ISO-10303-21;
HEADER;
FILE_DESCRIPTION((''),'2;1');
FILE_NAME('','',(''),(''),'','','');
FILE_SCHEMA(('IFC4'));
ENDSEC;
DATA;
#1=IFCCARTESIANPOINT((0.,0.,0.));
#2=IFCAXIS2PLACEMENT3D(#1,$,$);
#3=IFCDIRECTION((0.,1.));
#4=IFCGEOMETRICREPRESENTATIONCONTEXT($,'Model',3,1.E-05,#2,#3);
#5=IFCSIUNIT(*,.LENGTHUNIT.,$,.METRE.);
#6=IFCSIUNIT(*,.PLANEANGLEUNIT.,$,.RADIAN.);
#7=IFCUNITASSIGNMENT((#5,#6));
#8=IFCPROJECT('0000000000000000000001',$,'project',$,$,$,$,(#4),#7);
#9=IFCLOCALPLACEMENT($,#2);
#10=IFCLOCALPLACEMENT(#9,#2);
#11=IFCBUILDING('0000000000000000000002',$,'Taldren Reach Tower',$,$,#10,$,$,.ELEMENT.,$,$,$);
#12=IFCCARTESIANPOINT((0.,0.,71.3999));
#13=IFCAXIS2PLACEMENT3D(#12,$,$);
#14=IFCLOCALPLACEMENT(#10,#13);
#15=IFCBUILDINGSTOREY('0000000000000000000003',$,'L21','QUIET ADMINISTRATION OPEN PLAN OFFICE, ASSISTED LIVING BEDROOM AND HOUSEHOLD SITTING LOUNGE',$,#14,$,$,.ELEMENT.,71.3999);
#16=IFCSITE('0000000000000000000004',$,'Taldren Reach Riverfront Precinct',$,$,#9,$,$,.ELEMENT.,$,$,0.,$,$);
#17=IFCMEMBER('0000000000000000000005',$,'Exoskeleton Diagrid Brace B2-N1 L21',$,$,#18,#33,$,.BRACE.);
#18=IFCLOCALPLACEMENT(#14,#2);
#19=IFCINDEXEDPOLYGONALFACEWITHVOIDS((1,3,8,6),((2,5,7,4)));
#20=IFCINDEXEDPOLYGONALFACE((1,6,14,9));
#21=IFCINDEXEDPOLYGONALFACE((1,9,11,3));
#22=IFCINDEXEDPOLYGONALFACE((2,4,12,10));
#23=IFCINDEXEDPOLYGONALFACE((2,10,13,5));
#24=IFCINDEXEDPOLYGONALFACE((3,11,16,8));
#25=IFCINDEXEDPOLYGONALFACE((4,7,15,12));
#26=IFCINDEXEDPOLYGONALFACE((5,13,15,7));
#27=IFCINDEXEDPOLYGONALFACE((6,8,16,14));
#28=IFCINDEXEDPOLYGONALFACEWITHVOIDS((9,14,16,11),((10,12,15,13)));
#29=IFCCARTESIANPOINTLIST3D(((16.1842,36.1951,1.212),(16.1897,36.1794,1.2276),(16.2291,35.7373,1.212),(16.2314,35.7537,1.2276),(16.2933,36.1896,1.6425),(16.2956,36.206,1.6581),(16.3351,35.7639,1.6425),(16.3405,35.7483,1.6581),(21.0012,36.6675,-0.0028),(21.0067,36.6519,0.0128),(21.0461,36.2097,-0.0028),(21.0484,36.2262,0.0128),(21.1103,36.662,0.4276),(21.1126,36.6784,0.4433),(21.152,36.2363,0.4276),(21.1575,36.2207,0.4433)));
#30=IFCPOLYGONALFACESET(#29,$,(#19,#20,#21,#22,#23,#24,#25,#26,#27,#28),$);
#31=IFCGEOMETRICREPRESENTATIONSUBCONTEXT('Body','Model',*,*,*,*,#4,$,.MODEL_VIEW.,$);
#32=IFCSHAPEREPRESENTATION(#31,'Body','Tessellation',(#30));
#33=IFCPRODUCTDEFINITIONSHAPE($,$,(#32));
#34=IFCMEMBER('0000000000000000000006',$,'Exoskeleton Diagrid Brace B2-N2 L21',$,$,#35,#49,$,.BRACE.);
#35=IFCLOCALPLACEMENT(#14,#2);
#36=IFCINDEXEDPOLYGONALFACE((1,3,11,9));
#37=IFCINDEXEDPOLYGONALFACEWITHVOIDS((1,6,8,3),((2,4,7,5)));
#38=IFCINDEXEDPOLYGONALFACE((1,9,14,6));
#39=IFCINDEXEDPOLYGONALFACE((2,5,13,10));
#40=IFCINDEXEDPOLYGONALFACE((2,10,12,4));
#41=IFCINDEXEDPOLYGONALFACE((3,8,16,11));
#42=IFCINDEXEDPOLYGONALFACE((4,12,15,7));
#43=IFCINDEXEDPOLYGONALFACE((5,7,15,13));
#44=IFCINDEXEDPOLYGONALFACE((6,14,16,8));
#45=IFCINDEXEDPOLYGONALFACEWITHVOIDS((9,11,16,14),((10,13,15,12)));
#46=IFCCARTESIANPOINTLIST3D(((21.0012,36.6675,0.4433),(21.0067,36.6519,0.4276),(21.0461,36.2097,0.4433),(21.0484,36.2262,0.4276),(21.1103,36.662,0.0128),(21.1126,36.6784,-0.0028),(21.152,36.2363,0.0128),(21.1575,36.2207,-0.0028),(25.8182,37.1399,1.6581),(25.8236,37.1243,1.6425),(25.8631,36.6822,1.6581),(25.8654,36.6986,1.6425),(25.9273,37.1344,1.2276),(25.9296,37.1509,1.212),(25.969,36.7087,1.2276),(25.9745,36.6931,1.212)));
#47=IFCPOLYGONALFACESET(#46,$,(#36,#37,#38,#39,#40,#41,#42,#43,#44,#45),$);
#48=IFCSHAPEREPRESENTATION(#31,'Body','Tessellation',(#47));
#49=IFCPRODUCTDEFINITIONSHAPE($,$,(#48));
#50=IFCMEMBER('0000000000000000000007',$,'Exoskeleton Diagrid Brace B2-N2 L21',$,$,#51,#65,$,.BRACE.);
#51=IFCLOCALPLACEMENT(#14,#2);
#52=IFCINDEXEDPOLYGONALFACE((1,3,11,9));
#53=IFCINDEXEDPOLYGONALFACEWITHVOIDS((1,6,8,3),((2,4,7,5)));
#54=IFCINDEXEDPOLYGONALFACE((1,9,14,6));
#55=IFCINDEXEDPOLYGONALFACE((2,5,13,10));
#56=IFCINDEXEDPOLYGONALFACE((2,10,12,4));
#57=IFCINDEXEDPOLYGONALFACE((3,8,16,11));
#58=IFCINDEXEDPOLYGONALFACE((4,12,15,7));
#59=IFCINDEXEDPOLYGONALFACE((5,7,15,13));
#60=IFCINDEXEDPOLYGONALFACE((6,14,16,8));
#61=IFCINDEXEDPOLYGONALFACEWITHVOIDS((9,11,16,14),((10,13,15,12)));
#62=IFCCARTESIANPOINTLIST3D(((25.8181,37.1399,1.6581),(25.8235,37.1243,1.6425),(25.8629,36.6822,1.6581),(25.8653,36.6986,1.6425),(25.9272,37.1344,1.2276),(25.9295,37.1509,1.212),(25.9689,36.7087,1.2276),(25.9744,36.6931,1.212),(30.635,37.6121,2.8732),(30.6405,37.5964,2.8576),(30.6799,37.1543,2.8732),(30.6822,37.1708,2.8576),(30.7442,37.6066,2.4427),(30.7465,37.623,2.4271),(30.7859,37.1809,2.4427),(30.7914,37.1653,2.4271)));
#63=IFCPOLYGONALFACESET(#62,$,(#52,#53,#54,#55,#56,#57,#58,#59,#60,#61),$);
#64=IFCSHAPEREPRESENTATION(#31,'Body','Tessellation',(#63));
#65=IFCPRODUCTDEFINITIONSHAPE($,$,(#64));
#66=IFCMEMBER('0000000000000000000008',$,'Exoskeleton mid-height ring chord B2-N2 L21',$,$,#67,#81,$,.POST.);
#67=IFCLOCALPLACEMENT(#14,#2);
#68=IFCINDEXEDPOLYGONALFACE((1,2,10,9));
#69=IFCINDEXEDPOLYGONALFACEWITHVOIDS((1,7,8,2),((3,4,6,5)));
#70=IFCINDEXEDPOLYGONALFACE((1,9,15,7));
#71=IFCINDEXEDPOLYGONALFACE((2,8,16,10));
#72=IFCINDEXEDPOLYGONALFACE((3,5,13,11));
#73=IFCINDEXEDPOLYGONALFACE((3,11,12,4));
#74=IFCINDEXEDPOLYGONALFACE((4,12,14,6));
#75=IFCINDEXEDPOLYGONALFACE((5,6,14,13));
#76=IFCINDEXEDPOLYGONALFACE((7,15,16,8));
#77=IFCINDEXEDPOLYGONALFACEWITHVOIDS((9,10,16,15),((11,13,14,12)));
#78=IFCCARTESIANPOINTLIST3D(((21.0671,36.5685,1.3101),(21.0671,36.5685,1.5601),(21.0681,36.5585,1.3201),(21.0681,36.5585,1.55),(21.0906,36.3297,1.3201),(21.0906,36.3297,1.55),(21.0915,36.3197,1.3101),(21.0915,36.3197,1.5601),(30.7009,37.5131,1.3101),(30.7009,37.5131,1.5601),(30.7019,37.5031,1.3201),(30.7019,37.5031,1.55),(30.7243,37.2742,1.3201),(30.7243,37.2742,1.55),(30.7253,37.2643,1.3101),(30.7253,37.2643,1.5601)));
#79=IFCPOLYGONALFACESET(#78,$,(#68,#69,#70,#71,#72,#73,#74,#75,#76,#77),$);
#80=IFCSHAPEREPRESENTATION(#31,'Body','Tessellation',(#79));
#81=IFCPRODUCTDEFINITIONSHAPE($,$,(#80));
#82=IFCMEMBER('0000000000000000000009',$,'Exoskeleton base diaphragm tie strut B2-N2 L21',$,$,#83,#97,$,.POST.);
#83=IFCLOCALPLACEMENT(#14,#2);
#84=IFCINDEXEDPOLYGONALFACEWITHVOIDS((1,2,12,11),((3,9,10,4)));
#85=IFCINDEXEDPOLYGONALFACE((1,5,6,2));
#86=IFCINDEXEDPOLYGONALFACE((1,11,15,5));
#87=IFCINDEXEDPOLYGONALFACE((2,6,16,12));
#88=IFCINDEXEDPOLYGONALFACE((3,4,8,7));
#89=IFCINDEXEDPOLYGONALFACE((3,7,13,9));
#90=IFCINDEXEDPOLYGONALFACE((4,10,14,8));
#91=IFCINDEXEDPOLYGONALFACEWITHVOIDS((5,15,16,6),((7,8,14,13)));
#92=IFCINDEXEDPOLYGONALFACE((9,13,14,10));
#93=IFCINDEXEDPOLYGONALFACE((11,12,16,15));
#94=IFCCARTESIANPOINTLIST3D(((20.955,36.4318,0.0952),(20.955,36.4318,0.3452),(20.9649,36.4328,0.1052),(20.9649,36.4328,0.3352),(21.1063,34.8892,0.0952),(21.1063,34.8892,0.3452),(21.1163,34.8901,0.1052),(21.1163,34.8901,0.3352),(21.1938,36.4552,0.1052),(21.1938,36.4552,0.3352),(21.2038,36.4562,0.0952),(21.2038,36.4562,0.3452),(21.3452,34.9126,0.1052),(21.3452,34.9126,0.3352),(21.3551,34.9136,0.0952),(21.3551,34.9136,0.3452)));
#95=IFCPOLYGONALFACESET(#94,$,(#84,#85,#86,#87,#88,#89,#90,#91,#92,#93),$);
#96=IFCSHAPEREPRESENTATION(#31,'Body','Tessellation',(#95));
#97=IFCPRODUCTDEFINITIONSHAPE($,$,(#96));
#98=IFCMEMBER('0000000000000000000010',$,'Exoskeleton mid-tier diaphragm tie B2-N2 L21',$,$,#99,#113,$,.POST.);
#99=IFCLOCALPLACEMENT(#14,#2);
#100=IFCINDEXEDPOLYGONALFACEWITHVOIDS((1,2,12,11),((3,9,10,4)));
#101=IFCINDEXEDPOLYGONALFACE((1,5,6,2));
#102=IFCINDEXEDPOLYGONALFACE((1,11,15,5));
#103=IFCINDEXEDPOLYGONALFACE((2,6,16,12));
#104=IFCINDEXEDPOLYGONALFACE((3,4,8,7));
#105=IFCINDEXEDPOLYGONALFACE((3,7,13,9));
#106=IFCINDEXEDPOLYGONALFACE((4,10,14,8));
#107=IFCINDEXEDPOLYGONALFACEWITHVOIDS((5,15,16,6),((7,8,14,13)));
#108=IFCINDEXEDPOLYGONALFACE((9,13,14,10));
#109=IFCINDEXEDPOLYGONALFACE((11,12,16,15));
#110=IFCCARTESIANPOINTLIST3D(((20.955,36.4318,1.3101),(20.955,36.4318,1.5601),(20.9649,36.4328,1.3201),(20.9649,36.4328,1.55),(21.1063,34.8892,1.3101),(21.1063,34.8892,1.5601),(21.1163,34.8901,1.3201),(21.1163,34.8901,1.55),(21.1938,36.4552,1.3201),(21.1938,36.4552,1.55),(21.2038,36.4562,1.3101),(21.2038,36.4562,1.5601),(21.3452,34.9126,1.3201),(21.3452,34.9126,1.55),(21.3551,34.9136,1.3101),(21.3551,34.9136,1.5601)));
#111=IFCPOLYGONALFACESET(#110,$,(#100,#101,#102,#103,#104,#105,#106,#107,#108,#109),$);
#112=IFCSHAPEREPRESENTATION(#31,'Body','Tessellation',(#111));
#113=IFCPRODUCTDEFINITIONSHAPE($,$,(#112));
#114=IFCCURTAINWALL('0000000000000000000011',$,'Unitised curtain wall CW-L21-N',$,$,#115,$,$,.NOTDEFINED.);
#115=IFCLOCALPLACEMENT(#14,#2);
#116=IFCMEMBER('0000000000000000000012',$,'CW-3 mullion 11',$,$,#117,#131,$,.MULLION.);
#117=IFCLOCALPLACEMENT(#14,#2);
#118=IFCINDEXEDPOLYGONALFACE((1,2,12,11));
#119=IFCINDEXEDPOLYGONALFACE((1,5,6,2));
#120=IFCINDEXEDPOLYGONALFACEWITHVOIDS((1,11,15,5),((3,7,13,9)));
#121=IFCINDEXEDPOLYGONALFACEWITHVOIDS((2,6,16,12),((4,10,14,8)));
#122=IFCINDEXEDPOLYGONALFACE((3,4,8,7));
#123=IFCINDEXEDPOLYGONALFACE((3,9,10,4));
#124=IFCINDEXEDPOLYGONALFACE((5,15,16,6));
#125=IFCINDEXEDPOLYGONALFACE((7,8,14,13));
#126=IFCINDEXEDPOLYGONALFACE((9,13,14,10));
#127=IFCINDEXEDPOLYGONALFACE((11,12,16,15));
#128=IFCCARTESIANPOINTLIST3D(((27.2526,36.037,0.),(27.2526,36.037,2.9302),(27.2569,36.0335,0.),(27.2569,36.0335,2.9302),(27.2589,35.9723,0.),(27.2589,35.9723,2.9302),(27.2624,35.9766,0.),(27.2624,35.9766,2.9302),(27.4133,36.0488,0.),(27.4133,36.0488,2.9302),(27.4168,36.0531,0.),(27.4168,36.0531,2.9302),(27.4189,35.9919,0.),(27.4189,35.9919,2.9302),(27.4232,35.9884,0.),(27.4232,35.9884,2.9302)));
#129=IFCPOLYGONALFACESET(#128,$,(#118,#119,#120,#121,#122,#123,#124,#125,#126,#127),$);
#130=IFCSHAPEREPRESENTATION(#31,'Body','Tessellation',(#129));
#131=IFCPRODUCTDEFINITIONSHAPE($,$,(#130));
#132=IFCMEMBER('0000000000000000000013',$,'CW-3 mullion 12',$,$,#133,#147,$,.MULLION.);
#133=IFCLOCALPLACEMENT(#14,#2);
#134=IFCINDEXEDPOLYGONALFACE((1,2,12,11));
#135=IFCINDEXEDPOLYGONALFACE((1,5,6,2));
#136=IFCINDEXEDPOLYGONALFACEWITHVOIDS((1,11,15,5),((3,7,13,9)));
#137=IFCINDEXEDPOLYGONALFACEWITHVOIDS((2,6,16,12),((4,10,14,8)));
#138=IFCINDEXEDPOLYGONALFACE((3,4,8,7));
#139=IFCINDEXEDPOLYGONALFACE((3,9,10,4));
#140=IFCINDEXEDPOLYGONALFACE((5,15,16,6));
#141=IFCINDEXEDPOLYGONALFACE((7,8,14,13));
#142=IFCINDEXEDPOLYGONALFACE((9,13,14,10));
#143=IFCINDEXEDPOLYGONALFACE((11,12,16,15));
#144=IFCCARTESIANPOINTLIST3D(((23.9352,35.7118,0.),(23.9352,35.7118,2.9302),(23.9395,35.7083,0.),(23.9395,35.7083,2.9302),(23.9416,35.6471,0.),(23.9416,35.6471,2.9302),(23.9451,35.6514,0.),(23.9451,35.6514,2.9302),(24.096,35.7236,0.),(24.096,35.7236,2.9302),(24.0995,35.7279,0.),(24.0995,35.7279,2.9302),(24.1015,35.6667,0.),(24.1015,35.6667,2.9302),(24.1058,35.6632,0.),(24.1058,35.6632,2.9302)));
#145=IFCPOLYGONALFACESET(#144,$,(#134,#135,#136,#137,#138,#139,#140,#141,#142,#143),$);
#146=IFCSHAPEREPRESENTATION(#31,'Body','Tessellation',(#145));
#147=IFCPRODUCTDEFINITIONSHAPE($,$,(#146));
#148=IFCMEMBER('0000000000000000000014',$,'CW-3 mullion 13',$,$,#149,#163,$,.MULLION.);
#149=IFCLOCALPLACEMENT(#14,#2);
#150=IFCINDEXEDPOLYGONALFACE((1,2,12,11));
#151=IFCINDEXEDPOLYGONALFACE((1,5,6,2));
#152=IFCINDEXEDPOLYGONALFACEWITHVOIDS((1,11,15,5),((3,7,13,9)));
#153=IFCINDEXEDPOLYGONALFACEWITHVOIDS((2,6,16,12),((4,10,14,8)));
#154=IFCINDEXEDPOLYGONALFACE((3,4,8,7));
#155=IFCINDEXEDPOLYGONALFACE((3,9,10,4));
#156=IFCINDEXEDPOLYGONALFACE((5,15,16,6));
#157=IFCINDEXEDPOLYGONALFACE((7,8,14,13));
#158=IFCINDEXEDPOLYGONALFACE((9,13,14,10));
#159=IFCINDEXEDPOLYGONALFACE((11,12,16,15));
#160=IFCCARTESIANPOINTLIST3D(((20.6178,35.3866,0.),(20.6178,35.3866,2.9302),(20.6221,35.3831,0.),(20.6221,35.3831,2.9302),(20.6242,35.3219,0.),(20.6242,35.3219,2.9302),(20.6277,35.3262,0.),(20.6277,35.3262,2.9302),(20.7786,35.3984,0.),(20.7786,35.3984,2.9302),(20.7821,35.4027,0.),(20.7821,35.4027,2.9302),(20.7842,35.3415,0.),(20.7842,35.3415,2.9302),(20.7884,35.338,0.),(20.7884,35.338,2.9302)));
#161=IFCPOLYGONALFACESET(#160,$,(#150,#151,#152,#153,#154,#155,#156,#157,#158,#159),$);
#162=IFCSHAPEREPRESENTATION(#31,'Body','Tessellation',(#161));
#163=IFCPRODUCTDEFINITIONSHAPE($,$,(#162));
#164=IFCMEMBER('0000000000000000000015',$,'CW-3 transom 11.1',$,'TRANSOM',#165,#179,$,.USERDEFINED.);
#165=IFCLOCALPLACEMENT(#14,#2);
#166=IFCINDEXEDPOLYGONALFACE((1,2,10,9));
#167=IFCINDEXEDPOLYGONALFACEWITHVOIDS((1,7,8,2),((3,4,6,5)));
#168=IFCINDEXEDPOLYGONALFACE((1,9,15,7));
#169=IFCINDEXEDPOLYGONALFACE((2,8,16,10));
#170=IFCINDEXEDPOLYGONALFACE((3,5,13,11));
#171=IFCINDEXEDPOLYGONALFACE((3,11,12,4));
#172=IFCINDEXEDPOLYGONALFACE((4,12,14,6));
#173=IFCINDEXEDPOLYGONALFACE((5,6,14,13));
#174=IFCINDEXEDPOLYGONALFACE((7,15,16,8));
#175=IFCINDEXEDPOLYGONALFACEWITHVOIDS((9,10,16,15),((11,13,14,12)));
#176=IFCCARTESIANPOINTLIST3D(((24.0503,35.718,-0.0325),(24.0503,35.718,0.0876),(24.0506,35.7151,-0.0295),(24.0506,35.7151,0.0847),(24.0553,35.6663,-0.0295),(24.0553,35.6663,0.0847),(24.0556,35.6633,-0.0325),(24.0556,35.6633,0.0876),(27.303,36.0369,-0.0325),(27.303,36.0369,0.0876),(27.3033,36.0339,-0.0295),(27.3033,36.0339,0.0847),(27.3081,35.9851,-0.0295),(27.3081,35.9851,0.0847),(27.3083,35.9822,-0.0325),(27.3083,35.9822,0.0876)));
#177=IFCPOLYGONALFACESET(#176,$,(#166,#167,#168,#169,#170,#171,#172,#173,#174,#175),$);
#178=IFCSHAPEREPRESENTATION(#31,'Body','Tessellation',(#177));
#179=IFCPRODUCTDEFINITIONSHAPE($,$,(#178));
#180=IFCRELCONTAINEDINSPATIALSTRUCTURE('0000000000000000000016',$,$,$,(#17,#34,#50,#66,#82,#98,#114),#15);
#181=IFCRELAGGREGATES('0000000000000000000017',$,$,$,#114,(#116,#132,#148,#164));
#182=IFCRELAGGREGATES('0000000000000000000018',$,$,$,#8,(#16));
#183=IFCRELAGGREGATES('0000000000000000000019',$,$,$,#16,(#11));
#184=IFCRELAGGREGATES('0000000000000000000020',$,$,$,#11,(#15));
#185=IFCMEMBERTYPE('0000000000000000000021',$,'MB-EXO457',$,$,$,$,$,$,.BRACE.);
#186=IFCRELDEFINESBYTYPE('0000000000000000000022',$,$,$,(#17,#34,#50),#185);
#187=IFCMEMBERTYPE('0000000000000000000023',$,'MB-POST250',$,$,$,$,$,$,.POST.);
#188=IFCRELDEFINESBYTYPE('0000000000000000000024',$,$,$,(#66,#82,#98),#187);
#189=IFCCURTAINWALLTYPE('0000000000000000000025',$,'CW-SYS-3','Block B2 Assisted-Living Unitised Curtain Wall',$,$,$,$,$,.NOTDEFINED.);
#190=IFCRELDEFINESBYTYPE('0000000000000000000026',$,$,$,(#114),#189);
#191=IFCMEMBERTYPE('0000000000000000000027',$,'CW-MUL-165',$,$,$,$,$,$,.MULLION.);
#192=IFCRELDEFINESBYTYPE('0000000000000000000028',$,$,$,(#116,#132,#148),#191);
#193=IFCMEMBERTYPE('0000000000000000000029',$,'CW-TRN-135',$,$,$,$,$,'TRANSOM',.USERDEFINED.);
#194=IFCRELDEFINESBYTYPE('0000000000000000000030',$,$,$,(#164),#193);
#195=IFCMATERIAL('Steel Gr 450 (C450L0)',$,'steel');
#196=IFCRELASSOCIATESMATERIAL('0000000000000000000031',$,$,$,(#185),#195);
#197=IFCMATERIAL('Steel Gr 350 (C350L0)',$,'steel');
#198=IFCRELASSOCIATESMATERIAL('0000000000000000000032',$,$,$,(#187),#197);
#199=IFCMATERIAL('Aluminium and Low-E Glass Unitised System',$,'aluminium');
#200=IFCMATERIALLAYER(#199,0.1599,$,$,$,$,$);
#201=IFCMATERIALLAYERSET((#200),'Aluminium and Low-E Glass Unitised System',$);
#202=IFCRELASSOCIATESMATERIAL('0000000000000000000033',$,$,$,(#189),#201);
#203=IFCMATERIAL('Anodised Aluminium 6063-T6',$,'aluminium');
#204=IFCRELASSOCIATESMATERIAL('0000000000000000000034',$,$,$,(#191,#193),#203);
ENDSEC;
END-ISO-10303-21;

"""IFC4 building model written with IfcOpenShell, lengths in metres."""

from ifc_helpers import new_model, si_unit, direction, frame, origin, origin_2d, place, context, subcontext, project, spatial, hollow_rectangle, extrude, source, transform, mapped, material, layer, layer_set, material_profile, profile_set, type_object, element, aggregate, save


model = new_model("IFC4")

# Units and contexts
model_context = context("Model", 3, precision=1e-05, world=origin(), true_north=direction((0.0, 1.0)))
body_context = subcontext(model_context, "Body", "Model", "MODEL_VIEW")
ifc_project = project(units=[si_unit("LENGTHUNIT", "METRE"), si_unit("PLANEANGLEUNIT", "RADIAN")], contexts=[model_context])

# Site, building, storey
site_placement = place(None, origin())
site = spatial("IfcSite", under=ifc_project, at=site_placement, Name="Taldren Reach Riverfront Precinct", CompositionType="ELEMENT", RefElevation=0.0)
building_placement = place(site_placement, origin())
building = spatial("IfcBuilding", under=site, at=building_placement, Name="Taldren Reach Tower", CompositionType="ELEMENT")
storey_placement = place(building_placement, frame((0.0, 0.0, 71.3999)))
storey = spatial("IfcBuildingStorey", under=building, at=storey_placement, Name="L21", Description="QUIET ADMINISTRATION OPEN PLAN OFFICE, ASSISTED LIVING BEDROOM AND HOUSEHOLD SITTING LOUNGE", CompositionType="ELEMENT", Elevation=71.3999)

# Members
ifc_material_1 = material(Name="Steel Gr 450 (C450L0)", Category="steel")
ifc_material_profile_1 = material_profile(ifc_material_1, hollow_rectangle(XDim=0.46, YDim=0.46, WallThickness=0.0161, at=origin_2d()), Name="460x460x16.0SHS")
ifc_profile_set_1 = profile_set([ifc_material_profile_1], Name="Steel Gr 450 (C450L0)")
member_type_1 = type_object("IfcMemberType", Name="MB-EXO457", PredefinedType="BRACE", material=ifc_profile_set_1)
shared_shape_1 = source(origin(), body_context, "Body", "SweptSolid", [
    extrude(hollow_rectangle(XDim=0.46, YDim=0.46, WallThickness=0.0161, at=origin_2d()), origin(), (0.0, 0.0, 1.0), 4.9902),
])
for number, where, z_axis, x_axis, name in (
    (1, (21.0793, 36.4441, 0.2202), (-0.965283, -0.094669, 0.243449), (0.097606, -0.995225, 0.0), "Exoskeleton Diagrid Brace B2-N1 L21"),
    (2, (21.0793, 36.4441, 0.2202), (0.965283, 0.094669, 0.243449), (-0.097606, 0.995225, 0.0), "Exoskeleton Diagrid Brace B2-N2 L21"),
    (3, (25.8962, 36.9165, 1.4351), (0.965276, 0.09462, 0.243496), (-0.097556, 0.99523, 0.0), "Exoskeleton Diagrid Brace B2-N2 L21"),
):
    element("IfcMember", number, at=place(storey_placement, frame(where, z_axis=z_axis, x_axis=x_axis)), inside=storey, type_object=member_type_1, Name=name, PredefinedType="BRACE", context=body_context, shape_type="MappedRepresentation", body=[
        mapped(shared_shape_1, transform((0.0, 0.0, 0.0), scale=1.0)),
    ])
ifc_material_2 = material(Name="Steel Gr 350 (C350L0)", Category="steel")
ifc_material_profile_2 = material_profile(ifc_material_2, hollow_rectangle(XDim=0.25, YDim=0.25, WallThickness=0.01, at=origin_2d()), Name="250x250x10.0SHS")
ifc_profile_set_2 = profile_set([ifc_material_profile_2], Name="Steel Gr 350 (C350L0)")
member_type_2 = type_object("IfcMemberType", Name="MB-POST250", PredefinedType="POST", material=ifc_profile_set_2)
shared_shape_2 = source(origin(), body_context, "Body", "SweptSolid", [
    extrude(hollow_rectangle(XDim=0.25, YDim=0.25, WallThickness=0.01, at=origin_2d()), origin(), (0.0, 0.0, 1.0), 9.6799),
])
member_1_placement = place(storey_placement, frame((21.0793, 36.4441, 1.4351), z_axis=(0.995228, 0.097581, 0.0), x_axis=(-0.097581, 0.995228, 0.0)))
element("IfcMember", 4, at=member_1_placement, inside=storey, type_object=member_type_2, Name="Exoskeleton mid-height ring chord B2-N2 L21", PredefinedType="POST", context=body_context, shape_type="MappedRepresentation", body=[
    mapped(shared_shape_2, transform((0.0, 0.0, 0.0), scale=1.0)),
])
shared_shape_3 = source(origin(), body_context, "Body", "SweptSolid", [
    extrude(hollow_rectangle(XDim=0.25, YDim=0.25, WallThickness=0.01, at=origin_2d()), origin(), (0.0, 0.0, 1.0), 1.55),
])
for number, where, z_axis, x_axis, name in (
    (5, (21.2307, 34.9014, 0.2202), (-0.097648, 0.995221, 0.0), (-0.995221, -0.097648, 0.0), "Exoskeleton base diaphragm tie strut B2-N2 L21"),
    (6, (21.2307, 34.9014, 1.4351), (-0.097648, 0.995221, 0.0), (-0.995221, -0.097648, 0.0), "Exoskeleton mid-tier diaphragm tie B2-N2 L21"),
):
    element("IfcMember", number, at=place(storey_placement, frame(where, z_axis=z_axis, x_axis=x_axis)), inside=storey, type_object=member_type_2, Name=name, PredefinedType="POST", context=body_context, shape_type="MappedRepresentation", body=[
        mapped(shared_shape_3, transform((0.0, 0.0, 0.0), scale=1.0)),
    ])

# Curtain wall, members
ifc_material_3 = material(Name="Aluminium and Low-E Glass Unitised System", Category="aluminium")
ifc_layer_1 = layer(ifc_material_3, 0.1599)
ifc_layer_set_1 = layer_set([ifc_layer_1], Name="Aluminium and Low-E Glass Unitised System")
curtain_wall_type = type_object("IfcCurtainWallType", Name="CW-SYS-3", Description="Block B2 Assisted-Living Unitised Curtain Wall", PredefinedType="NOTDEFINED", material=ifc_layer_set_1)
curtain_wall_placement = place(storey_placement, origin())
curtain_wall = element("IfcCurtainWall", 7, at=curtain_wall_placement, inside=storey, type_object=curtain_wall_type, Name="Unitised curtain wall CW-L21-N", PredefinedType="NOTDEFINED")
ifc_material_4 = material(Name="Anodised Aluminium 6063-T6", Category="aluminium")
ifc_material_profile_3 = material_profile(ifc_material_4, hollow_rectangle(XDim=0.0649, YDim=0.165, WallThickness=0.0039, at=origin_2d()), Name="ALU-165x65x4RHS")
ifc_profile_set_3 = profile_set([ifc_material_profile_3], Name="Anodised Aluminium 6063-T6")
member_type_3 = type_object("IfcMemberType", Name="CW-MUL-165", PredefinedType="MULLION", material=ifc_profile_set_3)
shared_shape_4 = source(origin(), body_context, "Body", "SweptSolid", [
    extrude(hollow_rectangle(XDim=0.0649, YDim=0.165, WallThickness=0.0039, at=origin_2d()), origin(), (0.0, 0.0, 1.0), 2.9302),
])
member_2_placement = place(storey_placement, frame((27.3379, 36.0127, 0.0), z_axis=(0.0, 0.0, 1.0), x_axis=(0.097583, -0.995227, 0.0)))
member_2 = element("IfcMember", 8, at=member_2_placement, type_object=member_type_3, Name="CW-3 mullion 11", PredefinedType="MULLION", context=body_context, shape_type="MappedRepresentation", body=[
    mapped(shared_shape_4, transform((0.0, 0.0, 0.0), scale=1.0)),
])
member_3_placement = place(storey_placement, frame((24.0205, 35.6875, 0.0), z_axis=(0.0, 0.0, 1.0), x_axis=(0.097583, -0.995227, 0.0)))
member_3 = element("IfcMember", 9, at=member_3_placement, type_object=member_type_3, Name="CW-3 mullion 12", PredefinedType="MULLION", context=body_context, shape_type="MappedRepresentation", body=[
    mapped(shared_shape_4, transform((0.0, 0.0, 0.0), scale=1.0)),
])
member_4_placement = place(storey_placement, frame((20.7031, 35.3623, 0.0), z_axis=(0.0, 0.0, 1.0), x_axis=(0.097583, -0.995227, 0.0)))
member_4 = element("IfcMember", 10, at=member_4_placement, type_object=member_type_3, Name="CW-3 mullion 13", PredefinedType="MULLION", context=body_context, shape_type="MappedRepresentation", body=[
    mapped(shared_shape_4, transform((0.0, 0.0, 0.0), scale=1.0)),
])
ifc_material_profile_4 = material_profile(ifc_material_4, hollow_rectangle(XDim=0.0549, YDim=0.1201, WallThickness=0.0029, at=origin_2d()), Name="ALU-120x55x3RHS")
ifc_profile_set_4 = profile_set([ifc_material_profile_4], Name="Anodised Aluminium 6063-T6")
member_type_4 = type_object("IfcMemberType", Name="CW-TRN-135", ElementType="TRANSOM", PredefinedType="USERDEFINED", material=ifc_profile_set_4)
shared_shape_5 = source(origin(), body_context, "Body", "SweptSolid", [
    extrude(hollow_rectangle(XDim=0.0549, YDim=0.1201, WallThickness=0.0029, at=origin_2d()), origin(), (0.0, 0.0, 1.0), 3.2683),
])
member_5_placement = place(storey_placement, frame((27.3057, 36.0095, 0.0276), z_axis=(-0.99523, -0.097558, 0.0), x_axis=(0.097558, -0.99523, 0.0)))
member_5 = element("IfcMember", 11, at=member_5_placement, type_object=member_type_4, Name="CW-3 transom 11.1", ObjectType="TRANSOM", PredefinedType="USERDEFINED", context=body_context, shape_type="MappedRepresentation", body=[
    mapped(shared_shape_5, transform((0.0, 0.0, 0.0), scale=1.0)),
])

aggregate(curtain_wall, [member_2, member_3, member_4, member_5])

save(model, "model.ifc")
